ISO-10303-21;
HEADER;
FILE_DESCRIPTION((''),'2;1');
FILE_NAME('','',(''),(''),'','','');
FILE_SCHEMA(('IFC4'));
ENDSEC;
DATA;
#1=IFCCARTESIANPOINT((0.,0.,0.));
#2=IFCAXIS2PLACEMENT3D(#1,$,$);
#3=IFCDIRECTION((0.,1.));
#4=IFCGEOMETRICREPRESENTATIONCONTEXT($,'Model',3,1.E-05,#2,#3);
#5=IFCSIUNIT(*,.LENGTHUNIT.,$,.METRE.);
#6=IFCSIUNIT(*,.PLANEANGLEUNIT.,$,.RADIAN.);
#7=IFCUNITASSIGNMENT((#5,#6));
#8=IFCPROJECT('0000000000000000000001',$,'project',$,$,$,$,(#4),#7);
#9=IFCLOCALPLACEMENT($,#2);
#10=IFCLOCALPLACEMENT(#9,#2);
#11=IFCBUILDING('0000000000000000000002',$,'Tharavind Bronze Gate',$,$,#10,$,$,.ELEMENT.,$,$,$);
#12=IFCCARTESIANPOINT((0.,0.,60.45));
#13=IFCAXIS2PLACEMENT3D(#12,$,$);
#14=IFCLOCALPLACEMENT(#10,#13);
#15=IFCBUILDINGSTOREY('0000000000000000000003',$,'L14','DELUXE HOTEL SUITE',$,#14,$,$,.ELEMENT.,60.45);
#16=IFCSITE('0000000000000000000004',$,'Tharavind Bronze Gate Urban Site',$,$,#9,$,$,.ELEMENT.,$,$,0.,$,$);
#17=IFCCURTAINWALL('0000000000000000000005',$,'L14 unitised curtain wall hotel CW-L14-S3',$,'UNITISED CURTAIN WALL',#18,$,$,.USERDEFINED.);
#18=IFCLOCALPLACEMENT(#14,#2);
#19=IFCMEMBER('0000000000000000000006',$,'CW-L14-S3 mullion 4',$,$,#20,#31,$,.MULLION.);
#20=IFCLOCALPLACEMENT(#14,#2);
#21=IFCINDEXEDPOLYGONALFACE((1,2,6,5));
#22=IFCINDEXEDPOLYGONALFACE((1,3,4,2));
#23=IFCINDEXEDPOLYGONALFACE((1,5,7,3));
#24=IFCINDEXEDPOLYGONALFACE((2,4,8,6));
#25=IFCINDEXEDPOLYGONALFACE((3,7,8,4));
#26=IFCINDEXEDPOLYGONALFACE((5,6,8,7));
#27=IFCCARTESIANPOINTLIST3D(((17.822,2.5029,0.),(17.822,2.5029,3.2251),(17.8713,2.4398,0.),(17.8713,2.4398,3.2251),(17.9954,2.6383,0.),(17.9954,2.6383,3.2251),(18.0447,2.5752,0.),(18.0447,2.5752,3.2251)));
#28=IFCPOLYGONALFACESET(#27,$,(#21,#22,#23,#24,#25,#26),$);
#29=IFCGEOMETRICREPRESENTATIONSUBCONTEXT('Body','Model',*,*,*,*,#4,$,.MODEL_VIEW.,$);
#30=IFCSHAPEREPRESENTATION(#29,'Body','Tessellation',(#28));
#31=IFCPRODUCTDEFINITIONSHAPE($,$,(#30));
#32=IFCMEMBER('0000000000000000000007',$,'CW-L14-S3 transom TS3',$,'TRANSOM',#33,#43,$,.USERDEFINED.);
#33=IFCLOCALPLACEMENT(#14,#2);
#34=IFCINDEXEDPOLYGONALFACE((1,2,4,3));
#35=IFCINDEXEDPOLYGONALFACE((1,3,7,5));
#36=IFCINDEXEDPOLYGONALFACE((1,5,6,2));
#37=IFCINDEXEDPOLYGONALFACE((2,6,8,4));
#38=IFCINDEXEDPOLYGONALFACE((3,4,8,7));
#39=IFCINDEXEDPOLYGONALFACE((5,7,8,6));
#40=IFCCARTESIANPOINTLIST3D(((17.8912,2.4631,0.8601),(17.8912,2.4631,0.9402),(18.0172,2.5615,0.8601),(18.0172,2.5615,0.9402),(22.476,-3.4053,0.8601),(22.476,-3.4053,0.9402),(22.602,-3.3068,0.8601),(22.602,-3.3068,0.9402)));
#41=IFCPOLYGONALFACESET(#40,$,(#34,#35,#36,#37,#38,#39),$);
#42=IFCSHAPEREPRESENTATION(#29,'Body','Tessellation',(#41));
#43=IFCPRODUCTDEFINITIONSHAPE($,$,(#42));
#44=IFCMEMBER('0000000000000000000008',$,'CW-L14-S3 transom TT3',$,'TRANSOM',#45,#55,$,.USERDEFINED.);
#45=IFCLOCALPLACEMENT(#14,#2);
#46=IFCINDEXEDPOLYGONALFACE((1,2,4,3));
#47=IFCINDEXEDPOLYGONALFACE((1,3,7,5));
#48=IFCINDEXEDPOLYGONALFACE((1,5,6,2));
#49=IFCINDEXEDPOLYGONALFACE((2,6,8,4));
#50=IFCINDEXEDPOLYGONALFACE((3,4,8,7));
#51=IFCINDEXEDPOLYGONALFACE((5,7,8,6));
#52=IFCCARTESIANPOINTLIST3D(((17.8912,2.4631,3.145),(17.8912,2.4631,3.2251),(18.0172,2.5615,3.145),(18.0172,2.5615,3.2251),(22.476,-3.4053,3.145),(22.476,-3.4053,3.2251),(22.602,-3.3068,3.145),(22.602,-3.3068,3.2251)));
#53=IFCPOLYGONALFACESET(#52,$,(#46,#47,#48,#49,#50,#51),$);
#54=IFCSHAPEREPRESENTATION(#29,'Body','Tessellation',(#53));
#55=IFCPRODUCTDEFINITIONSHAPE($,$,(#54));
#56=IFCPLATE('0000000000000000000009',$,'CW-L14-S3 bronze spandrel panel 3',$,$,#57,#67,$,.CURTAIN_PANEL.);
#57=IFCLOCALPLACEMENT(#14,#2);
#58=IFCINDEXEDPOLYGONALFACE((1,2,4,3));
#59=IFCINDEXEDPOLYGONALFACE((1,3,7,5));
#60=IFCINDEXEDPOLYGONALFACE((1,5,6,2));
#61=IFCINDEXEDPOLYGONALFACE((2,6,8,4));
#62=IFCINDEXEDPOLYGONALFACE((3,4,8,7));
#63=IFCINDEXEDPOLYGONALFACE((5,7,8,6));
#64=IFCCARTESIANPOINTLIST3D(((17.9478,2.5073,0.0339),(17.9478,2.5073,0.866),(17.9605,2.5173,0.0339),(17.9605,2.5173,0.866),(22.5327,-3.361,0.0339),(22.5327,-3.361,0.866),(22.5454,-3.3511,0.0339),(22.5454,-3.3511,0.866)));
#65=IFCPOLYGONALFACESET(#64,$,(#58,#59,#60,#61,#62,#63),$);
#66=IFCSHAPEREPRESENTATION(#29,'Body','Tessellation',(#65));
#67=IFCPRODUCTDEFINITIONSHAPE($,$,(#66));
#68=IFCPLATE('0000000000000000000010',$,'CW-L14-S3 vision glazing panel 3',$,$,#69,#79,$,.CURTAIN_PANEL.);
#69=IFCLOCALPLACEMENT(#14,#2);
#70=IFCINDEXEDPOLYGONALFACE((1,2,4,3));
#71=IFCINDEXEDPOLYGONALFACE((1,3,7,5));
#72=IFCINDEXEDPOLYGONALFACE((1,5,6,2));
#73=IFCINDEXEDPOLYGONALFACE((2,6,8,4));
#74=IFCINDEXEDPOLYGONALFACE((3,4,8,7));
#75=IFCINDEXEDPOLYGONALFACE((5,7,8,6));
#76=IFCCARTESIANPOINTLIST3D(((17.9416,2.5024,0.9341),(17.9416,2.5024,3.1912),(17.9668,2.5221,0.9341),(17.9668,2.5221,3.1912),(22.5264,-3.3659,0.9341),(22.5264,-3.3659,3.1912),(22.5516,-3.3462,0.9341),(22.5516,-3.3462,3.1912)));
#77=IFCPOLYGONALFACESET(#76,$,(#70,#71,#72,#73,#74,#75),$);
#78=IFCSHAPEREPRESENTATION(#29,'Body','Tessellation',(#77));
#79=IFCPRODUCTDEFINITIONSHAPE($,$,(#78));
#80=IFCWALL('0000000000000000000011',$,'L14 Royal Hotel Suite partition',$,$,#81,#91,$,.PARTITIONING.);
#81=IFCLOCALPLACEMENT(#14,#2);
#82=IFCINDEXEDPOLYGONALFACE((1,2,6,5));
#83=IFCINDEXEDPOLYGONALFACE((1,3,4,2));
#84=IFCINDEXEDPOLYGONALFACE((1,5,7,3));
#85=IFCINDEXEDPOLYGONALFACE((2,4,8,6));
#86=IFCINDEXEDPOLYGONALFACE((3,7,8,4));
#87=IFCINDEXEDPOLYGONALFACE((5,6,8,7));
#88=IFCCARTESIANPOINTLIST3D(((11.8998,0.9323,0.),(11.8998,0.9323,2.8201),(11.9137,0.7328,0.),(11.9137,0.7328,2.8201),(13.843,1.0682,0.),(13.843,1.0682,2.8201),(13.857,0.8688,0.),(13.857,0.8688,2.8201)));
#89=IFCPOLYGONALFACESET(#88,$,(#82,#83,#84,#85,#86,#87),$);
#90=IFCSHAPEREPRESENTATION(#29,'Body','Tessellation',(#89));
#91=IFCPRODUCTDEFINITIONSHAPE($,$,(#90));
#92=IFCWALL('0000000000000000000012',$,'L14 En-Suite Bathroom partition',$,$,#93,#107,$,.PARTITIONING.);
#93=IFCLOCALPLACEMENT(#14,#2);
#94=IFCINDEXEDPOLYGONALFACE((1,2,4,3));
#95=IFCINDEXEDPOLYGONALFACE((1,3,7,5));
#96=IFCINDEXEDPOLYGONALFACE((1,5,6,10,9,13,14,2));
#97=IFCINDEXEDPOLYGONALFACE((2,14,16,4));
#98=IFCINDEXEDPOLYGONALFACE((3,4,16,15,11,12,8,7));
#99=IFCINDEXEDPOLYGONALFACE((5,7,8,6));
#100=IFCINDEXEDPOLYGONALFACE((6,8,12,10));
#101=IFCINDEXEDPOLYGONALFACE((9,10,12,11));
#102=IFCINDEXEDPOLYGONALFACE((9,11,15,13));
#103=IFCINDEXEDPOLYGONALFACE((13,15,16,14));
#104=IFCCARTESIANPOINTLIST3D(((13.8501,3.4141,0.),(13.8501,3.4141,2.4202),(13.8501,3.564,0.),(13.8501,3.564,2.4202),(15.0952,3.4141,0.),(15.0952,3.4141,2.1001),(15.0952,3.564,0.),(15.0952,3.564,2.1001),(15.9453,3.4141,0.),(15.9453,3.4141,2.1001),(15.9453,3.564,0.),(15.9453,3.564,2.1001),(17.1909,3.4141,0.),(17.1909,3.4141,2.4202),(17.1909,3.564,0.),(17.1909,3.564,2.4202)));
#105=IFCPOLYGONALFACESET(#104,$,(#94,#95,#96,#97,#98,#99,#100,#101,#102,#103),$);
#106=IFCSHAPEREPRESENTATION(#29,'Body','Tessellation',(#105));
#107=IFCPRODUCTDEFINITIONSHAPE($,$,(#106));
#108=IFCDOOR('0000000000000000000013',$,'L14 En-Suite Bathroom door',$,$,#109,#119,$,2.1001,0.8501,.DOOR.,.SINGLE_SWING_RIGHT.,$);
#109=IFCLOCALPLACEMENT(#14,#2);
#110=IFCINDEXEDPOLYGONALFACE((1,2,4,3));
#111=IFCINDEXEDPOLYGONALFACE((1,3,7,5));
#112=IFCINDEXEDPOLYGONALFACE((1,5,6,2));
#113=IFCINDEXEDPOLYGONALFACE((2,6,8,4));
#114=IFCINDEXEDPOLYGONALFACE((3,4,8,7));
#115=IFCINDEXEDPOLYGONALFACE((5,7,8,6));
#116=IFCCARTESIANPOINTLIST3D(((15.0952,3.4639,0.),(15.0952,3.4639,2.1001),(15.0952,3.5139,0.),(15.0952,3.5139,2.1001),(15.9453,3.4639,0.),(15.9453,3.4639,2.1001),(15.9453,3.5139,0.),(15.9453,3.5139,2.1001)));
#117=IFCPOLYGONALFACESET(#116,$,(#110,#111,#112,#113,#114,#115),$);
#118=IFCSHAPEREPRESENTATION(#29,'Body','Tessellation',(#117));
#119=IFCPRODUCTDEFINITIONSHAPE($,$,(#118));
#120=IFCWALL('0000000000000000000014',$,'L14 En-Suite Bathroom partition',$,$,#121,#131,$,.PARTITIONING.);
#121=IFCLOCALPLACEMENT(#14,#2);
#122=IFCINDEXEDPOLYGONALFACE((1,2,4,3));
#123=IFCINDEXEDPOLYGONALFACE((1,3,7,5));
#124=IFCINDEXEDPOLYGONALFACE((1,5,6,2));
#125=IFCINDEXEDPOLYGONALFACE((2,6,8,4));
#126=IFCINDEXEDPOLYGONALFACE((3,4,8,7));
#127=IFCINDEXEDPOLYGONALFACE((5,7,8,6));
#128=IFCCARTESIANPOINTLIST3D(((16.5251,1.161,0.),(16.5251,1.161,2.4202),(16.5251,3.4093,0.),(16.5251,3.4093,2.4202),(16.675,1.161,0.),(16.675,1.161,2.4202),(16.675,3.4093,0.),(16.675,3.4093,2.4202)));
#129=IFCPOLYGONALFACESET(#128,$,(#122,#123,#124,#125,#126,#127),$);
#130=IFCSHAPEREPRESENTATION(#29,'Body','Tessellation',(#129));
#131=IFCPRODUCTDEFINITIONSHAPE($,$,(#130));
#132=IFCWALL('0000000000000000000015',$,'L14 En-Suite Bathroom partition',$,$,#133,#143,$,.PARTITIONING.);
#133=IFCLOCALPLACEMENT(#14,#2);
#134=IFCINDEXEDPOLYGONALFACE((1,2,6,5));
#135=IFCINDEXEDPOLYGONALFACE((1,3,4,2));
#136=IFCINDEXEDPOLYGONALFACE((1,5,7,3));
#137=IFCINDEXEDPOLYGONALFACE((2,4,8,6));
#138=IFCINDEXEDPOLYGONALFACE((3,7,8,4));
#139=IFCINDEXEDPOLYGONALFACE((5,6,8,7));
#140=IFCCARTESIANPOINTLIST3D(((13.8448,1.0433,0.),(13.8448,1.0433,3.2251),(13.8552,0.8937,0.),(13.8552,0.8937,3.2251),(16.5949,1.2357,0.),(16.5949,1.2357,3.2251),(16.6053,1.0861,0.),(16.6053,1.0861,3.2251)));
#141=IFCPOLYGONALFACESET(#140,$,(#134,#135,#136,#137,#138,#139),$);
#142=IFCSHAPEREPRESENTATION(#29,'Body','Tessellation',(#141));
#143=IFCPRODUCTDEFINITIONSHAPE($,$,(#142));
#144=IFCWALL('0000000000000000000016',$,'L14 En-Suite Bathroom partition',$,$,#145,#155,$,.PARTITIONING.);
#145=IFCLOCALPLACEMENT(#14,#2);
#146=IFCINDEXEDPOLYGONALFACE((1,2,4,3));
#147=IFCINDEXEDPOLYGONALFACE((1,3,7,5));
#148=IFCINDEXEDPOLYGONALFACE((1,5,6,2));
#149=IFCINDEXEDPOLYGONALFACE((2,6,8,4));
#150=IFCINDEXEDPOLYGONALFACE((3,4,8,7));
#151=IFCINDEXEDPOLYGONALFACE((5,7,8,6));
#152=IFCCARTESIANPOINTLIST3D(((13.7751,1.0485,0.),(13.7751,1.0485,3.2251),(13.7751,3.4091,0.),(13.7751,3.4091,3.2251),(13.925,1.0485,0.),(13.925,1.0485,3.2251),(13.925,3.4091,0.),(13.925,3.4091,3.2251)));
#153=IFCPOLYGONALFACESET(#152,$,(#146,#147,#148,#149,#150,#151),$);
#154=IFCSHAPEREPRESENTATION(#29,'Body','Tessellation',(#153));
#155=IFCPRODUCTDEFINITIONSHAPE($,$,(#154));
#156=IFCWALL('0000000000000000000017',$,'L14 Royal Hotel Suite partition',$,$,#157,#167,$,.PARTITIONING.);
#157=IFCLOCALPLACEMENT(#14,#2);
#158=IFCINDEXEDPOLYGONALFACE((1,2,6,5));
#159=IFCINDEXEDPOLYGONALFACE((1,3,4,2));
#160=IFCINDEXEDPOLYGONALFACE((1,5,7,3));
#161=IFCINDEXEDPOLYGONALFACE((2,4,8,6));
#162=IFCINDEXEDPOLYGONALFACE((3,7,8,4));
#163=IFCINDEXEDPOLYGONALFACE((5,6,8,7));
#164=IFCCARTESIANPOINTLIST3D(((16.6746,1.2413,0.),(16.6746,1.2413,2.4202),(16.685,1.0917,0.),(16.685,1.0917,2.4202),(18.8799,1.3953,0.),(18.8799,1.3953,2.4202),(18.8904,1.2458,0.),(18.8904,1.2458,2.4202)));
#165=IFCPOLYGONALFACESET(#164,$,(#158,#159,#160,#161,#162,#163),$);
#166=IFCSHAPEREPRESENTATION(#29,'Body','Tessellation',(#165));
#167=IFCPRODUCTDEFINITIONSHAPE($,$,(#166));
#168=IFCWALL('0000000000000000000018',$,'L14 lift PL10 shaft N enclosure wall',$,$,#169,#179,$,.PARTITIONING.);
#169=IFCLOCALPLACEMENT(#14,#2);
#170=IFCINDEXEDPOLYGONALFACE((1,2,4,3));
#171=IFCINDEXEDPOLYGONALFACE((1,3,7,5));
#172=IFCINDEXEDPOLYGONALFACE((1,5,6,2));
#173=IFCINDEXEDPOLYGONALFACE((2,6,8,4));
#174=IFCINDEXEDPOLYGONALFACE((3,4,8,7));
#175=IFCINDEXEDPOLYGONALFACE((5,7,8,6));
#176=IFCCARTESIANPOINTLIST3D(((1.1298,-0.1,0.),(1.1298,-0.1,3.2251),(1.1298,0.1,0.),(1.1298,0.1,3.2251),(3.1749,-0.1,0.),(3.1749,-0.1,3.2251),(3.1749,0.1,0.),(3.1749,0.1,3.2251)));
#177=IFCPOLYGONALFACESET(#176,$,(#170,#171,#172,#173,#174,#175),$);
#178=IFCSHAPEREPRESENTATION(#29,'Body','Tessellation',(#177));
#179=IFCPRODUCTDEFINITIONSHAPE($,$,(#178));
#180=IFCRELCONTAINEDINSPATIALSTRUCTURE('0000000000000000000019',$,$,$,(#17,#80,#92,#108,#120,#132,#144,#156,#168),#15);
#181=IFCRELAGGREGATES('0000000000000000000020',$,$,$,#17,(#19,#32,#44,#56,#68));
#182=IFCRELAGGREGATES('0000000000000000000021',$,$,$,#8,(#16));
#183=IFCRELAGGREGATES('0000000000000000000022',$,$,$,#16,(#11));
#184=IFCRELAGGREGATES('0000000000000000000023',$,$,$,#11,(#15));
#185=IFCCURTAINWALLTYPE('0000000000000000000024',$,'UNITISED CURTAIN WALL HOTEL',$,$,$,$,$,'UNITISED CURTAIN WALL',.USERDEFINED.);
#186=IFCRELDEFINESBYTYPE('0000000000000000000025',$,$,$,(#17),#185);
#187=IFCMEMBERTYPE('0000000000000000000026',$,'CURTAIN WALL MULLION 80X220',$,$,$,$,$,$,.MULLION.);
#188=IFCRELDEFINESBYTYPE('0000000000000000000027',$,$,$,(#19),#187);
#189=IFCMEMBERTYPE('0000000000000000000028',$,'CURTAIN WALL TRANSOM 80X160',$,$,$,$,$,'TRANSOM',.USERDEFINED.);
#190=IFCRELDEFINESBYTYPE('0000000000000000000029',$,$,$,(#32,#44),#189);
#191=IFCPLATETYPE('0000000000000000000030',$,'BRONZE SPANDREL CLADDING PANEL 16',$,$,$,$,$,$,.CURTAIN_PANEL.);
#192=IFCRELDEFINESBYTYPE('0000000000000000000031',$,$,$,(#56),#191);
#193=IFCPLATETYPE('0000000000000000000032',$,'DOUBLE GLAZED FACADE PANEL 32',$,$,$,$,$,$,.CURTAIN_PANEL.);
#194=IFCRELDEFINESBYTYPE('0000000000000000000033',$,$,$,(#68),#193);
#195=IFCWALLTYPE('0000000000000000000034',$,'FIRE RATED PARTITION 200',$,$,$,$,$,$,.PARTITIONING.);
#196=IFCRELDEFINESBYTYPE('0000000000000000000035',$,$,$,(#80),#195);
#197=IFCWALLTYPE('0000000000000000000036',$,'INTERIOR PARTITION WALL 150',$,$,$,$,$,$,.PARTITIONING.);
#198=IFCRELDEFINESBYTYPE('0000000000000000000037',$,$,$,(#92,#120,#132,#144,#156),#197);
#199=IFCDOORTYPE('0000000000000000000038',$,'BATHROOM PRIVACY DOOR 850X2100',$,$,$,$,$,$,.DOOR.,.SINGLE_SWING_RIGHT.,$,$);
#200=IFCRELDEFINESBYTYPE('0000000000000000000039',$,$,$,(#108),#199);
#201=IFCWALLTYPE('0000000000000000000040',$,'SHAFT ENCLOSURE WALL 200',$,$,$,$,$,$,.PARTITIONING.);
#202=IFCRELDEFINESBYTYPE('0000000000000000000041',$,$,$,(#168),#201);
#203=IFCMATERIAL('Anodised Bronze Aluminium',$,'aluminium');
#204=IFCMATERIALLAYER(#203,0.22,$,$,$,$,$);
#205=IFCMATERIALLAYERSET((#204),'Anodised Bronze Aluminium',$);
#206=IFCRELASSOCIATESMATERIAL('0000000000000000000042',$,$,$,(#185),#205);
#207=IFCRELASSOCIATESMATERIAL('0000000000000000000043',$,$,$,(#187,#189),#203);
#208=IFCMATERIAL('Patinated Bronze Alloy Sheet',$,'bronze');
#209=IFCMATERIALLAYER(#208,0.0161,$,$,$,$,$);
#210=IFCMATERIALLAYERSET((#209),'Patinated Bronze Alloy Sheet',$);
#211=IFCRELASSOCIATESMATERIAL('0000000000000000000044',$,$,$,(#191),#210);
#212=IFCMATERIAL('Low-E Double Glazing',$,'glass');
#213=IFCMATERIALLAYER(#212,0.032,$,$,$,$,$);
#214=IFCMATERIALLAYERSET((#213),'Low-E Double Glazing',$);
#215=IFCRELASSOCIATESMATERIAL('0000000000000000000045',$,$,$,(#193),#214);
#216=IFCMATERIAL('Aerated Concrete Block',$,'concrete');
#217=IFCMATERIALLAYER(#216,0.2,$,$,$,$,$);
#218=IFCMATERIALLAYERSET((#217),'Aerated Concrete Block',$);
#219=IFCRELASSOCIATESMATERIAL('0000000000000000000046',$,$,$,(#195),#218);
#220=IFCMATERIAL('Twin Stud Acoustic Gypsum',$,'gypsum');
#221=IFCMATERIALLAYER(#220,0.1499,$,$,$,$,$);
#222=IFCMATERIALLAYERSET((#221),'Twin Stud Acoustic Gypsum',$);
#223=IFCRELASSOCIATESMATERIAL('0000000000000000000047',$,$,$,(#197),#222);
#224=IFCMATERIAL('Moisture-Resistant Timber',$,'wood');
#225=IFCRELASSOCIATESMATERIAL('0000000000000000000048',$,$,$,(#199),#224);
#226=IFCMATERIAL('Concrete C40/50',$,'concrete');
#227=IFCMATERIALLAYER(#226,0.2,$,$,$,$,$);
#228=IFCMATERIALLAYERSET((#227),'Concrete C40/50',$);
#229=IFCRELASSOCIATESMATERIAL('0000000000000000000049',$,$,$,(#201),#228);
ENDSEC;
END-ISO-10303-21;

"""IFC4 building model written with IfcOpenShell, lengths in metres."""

from ifc_helpers import new_model, si_unit, direction, frame, frame_2d, origin, origin_2d, place, context, subcontext, project, spatial, rectangle, extrude, material, layer, layer_set, type_object, element, fill, aggregate, save


model = new_model("IFC4")

# Units and contexts
model_context = context("Model", 3, precision=1e-05, world=origin(), true_north=direction((0.0, 1.0)))
body_context = subcontext(model_context, "Body", "Model", "MODEL_VIEW")
ifc_project = project(units=[si_unit("LENGTHUNIT", "METRE"), si_unit("PLANEANGLEUNIT", "RADIAN")], contexts=[model_context])

# Site, building, storey
site_placement = place(None, origin())
site = spatial("IfcSite", under=ifc_project, at=site_placement, Name="Tharavind Bronze Gate Urban Site", CompositionType="ELEMENT", RefElevation=0.0)
building_placement = place(site_placement, origin())
building = spatial("IfcBuilding", under=site, at=building_placement, Name="Tharavind Bronze Gate", CompositionType="ELEMENT")
storey_placement = place(building_placement, frame((0.0, 0.0, 60.45)))
storey = spatial("IfcBuildingStorey", under=building, at=storey_placement, Name="L14", Description="DELUXE HOTEL SUITE", CompositionType="ELEMENT", Elevation=60.45)

# Curtain wall, members, plates
ifc_material_1 = material(Name="Anodised Bronze Aluminium", Category="aluminium")
ifc_layer_1 = layer(ifc_material_1, 0.22)
ifc_layer_set_1 = layer_set([ifc_layer_1], Name="Anodised Bronze Aluminium")
curtain_wall_type = type_object("IfcCurtainWallType", Name="UNITISED CURTAIN WALL HOTEL", ElementType="UNITISED CURTAIN WALL", PredefinedType="USERDEFINED", material=ifc_layer_set_1)
curtain_wall_placement = place(storey_placement, origin())
curtain_wall = element("IfcCurtainWall", 1, at=curtain_wall_placement, inside=storey, type_object=curtain_wall_type, Name="L14 unitised curtain wall hotel CW-L14-S3", ObjectType="UNITISED CURTAIN WALL", PredefinedType="USERDEFINED")
member_type_1 = type_object("IfcMemberType", Name="CURTAIN WALL MULLION 80X220", PredefinedType="MULLION", material=ifc_material_1)
member_1_placement = place(storey_placement, frame((17.9333, 2.5391, 0.0), z_axis=(0.0, 0.0, 1.0), x_axis=(-0.615661, 0.788011, 0.0)))
member_1 = element("IfcMember", 2, at=member_1_placement, type_object=member_type_1, Name="CW-L14-S3 mullion 4", PredefinedType="MULLION", context=body_context, shape_type="SweptSolid", body=[
    extrude(rectangle(XDim=0.0801, YDim=0.22, at=origin_2d()), origin(), (0.0, 0.0, 1.0), 3.2251),
])
member_type_2 = type_object("IfcMemberType", Name="CURTAIN WALL TRANSOM 80X160", ElementType="TRANSOM", PredefinedType="USERDEFINED", material=ifc_material_1)
member_2_placement = place(storey_placement, frame((20.2466, -0.4219, 0.8601), z_axis=(0.0, 0.0, 1.0), x_axis=(-0.615661, 0.788011, 0.0)))
member_2 = element("IfcMember", 3, at=member_2_placement, type_object=member_type_2, Name="CW-L14-S3 transom TS3", ObjectType="TRANSOM", PredefinedType="USERDEFINED", context=body_context, shape_type="SweptSolid", body=[
    extrude(rectangle(XDim=7.447, YDim=0.1599, at=origin_2d()), origin(), (0.0, 0.0, 1.0), 0.0801),
])
member_3_placement = place(storey_placement, frame((20.2466, -0.4219, 3.145), z_axis=(0.0, 0.0, 1.0), x_axis=(-0.615661, 0.788011, 0.0)))
member_3 = element("IfcMember", 4, at=member_3_placement, type_object=member_type_2, Name="CW-L14-S3 transom TT3", ObjectType="TRANSOM", PredefinedType="USERDEFINED", context=body_context, shape_type="SweptSolid", body=[
    extrude(rectangle(XDim=7.447, YDim=0.1599, at=origin_2d()), origin(), (0.0, 0.0, 1.0), 0.0801),
])
ifc_material_2 = material(Name="Patinated Bronze Alloy Sheet", Category="bronze")
ifc_layer_2 = layer(ifc_material_2, 0.0161)
ifc_layer_set_2 = layer_set([ifc_layer_2], Name="Patinated Bronze Alloy Sheet")
plate_type_1 = type_object("IfcPlateType", Name="BRONZE SPANDREL CLADDING PANEL 16", PredefinedType="CURTAIN_PANEL", material=ifc_layer_set_2)
plate_1_placement = place(storey_placement, frame((20.2466, -0.4219, 0.0339), z_axis=(0.0, 0.0, 1.0), x_axis=(-0.615661, 0.788011, 0.0)))
plate_1 = element("IfcPlate", 5, at=plate_1_placement, type_object=plate_type_1, Name="CW-L14-S3 bronze spandrel panel 3", PredefinedType="CURTAIN_PANEL", context=body_context, shape_type="SweptSolid", body=[
    extrude(rectangle(XDim=7.447, YDim=0.0161, at=origin_2d()), origin(), (0.0, 0.0, 1.0), 0.832),
])
ifc_material_3 = material(Name="Low-E Double Glazing", Category="glass")
ifc_layer_3 = layer(ifc_material_3, 0.032)
ifc_layer_set_3 = layer_set([ifc_layer_3], Name="Low-E Double Glazing")
plate_type_2 = type_object("IfcPlateType", Name="DOUBLE GLAZED FACADE PANEL 32", PredefinedType="CURTAIN_PANEL", material=ifc_layer_set_3)
plate_2_placement = place(storey_placement, frame((20.2466, -0.4219, 0.9341), z_axis=(0.0, 0.0, 1.0), x_axis=(-0.615661, 0.788011, 0.0)))
plate_2 = element("IfcPlate", 6, at=plate_2_placement, type_object=plate_type_2, Name="CW-L14-S3 vision glazing panel 3", PredefinedType="CURTAIN_PANEL", context=body_context, shape_type="SweptSolid", body=[
    extrude(rectangle(XDim=7.447, YDim=0.032, at=origin_2d()), origin(), (0.0, 0.0, 1.0), 2.2571),
])
aggregate(curtain_wall, [member_1, member_2, member_3, plate_1, plate_2])

# Wall
ifc_material_4 = material(Name="Aerated Concrete Block", Category="concrete")
ifc_layer_4 = layer(ifc_material_4, 0.2)
ifc_layer_set_4 = layer_set([ifc_layer_4], Name="Aerated Concrete Block")
wall_type_1 = type_object("IfcWallType", Name="FIRE RATED PARTITION 200", PredefinedType="PARTITIONING", material=ifc_layer_set_4)
wall_1_placement = place(storey_placement, frame((13.8501, 0.9685, 0.0), z_axis=(0.0, 0.0, 1.0), x_axis=(-0.997561, -0.069804, 0.0)))
element("IfcWall", 7, at=wall_1_placement, inside=storey, type_object=wall_type_1, Name="L14 Royal Hotel Suite partition", PredefinedType="PARTITIONING", context=body_context, shape_type="SweptSolid", body=[
    extrude(rectangle(XDim=1.948, YDim=0.2, at=frame_2d((0.9741, 0.0))), origin(), (0.0, 0.0, 1.0), 2.8201),
])

# Wall, opening, door
ifc_material_5 = material(Name="Twin Stud Acoustic Gypsum", Category="gypsum")
ifc_layer_5 = layer(ifc_material_5, 0.1499)
ifc_layer_set_5 = layer_set([ifc_layer_5], Name="Twin Stud Acoustic Gypsum")
wall_type_2 = type_object("IfcWallType", Name="INTERIOR PARTITION WALL 150", PredefinedType="PARTITIONING", material=ifc_layer_set_5)
wall_2_placement = place(storey_placement, frame((13.8501, 3.489, 0.0), z_axis=(0.0, 0.0, 1.0), x_axis=(1.0, 0.0, 0.0)))
wall_2 = element("IfcWall", 8, at=wall_2_placement, inside=storey, type_object=wall_type_2, Name="L14 En-Suite Bathroom partition", PredefinedType="PARTITIONING", context=body_context, shape_type="SweptSolid", body=[
    extrude(rectangle(XDim=3.3408, YDim=0.1499, at=frame_2d((1.6704, 0.0))), origin(), (0.0, 0.0, 1.0), 2.4202),
])
opening_1_placement = place(wall_2_placement, frame((1.2451, 0.0, 0.0)))
opening_1 = element("IfcOpeningElement", 9, at=opening_1_placement, cuts=wall_2, PredefinedType="OPENING", context=body_context, shape_type="SweptSolid", body=[
    extrude(rectangle(XDim=0.8501, YDim=2.1001, at=frame_2d((0.425, 1.05))), frame((0.0, 0.085, 0.0), z_axis=(0.0, -1.0, 0.0), x_axis=(1.0, 0.0, 0.0)), (0.0, 0.0, 1.0), 0.1699),
])
ifc_material_6 = material(Name="Moisture-Resistant Timber", Category="wood")
door_type_1 = type_object("IfcDoorType", Name="BATHROOM PRIVACY DOOR 850X2100", OperationType="SINGLE_SWING_RIGHT", PredefinedType="DOOR", material=ifc_material_6)
door_1_placement = place(opening_1_placement, origin())
door_1 = element("IfcDoor", 10, at=door_1_placement, inside=storey, type_object=door_type_1, Name="L14 En-Suite Bathroom door", OperationType="SINGLE_SWING_RIGHT", OverallHeight=2.1001, OverallWidth=0.8501, PredefinedType="DOOR", context=body_context, shape_type="SweptSolid", body=[
    extrude(rectangle(XDim=0.8501, YDim=2.1001, at=frame_2d((0.425, 1.05))), frame((0.0, 0.0249, 0.0), z_axis=(0.0, -1.0, 0.0), x_axis=(1.0, 0.0, 0.0)), (0.0, 0.0, 1.0), 0.05),
])
fill(opening_1, door_1)

# Walls
wall_3_placement = place(storey_placement, frame((16.6001, 3.4092, 0.0), z_axis=(0.0, 0.0, 1.0), x_axis=(0.0, -1.0, 0.0)))
element("IfcWall", 11, at=wall_3_placement, inside=storey, type_object=wall_type_2, Name="L14 En-Suite Bathroom partition", PredefinedType="PARTITIONING", context=body_context, shape_type="SweptSolid", body=[
    extrude(rectangle(XDim=2.2483, YDim=0.1499, at=frame_2d((1.124, 0.0))), origin(), (0.0, 0.0, 1.0), 2.4202),
])
wall_4_placement = place(storey_placement, frame((16.6001, 1.1609, 0.0), z_axis=(0.0, 0.0, 1.0), x_axis=(-0.997562, -0.069787, 0.0)))
element("IfcWall", 12, at=wall_4_placement, inside=storey, type_object=wall_type_2, Name="L14 En-Suite Bathroom partition", PredefinedType="PARTITIONING", context=body_context, shape_type="SweptSolid", body=[
    extrude(rectangle(XDim=2.7568, YDim=0.1499, at=frame_2d((1.3784, 0.0))), origin(), (0.0, 0.0, 1.0), 3.2251),
])
wall_5_placement = place(storey_placement, frame((13.8501, 1.0486, 0.0), z_axis=(0.0, 0.0, 1.0), x_axis=(0.0, 1.0, 0.0)))
element("IfcWall", 13, at=wall_5_placement, inside=storey, type_object=wall_type_2, Name="L14 En-Suite Bathroom partition", PredefinedType="PARTITIONING", context=body_context, shape_type="SweptSolid", body=[
    extrude(rectangle(XDim=2.3606, YDim=0.1499, at=frame_2d((1.1802, 0.0))), origin(), (0.0, 0.0, 1.0), 3.2251),
])
wall_6_placement = place(storey_placement, frame((18.8853, 1.3206, 0.0), z_axis=(0.0, 0.0, 1.0), x_axis=(-0.997569, -0.069685, 0.0)))
element("IfcWall", 14, at=wall_6_placement, inside=storey, type_object=wall_type_2, Name="L14 Royal Hotel Suite partition", PredefinedType="PARTITIONING", context=body_context, shape_type="SweptSolid", body=[
    extrude(rectangle(XDim=2.2107, YDim=0.1499, at=frame_2d((1.1055, 0.0))), origin(), (0.0, 0.0, 1.0), 2.4202),
])
ifc_material_7 = material(Name="Concrete C40/50", Category="concrete")
ifc_layer_6 = layer(ifc_material_7, 0.2)
ifc_layer_set_6 = layer_set([ifc_layer_6], Name="Concrete C40/50")
wall_type_3 = type_object("IfcWallType", Name="SHAFT ENCLOSURE WALL 200", PredefinedType="PARTITIONING", material=ifc_layer_set_6)
wall_7_placement = place(storey_placement, frame((1.1299, 0.0, 0.0), z_axis=(0.0, 0.0, 1.0), x_axis=(1.0, 0.0, 0.0)))
element("IfcWall", 15, at=wall_7_placement, inside=storey, type_object=wall_type_3, Name="L14 lift PL10 shaft N enclosure wall", PredefinedType="PARTITIONING", context=body_context, shape_type="SweptSolid", body=[
    extrude(rectangle(XDim=2.0452, YDim=0.2, at=frame_2d((1.0225, 0.0))), origin(), (0.0, 0.0, 1.0), 3.2251),
])

save(model, "model.ifc")
